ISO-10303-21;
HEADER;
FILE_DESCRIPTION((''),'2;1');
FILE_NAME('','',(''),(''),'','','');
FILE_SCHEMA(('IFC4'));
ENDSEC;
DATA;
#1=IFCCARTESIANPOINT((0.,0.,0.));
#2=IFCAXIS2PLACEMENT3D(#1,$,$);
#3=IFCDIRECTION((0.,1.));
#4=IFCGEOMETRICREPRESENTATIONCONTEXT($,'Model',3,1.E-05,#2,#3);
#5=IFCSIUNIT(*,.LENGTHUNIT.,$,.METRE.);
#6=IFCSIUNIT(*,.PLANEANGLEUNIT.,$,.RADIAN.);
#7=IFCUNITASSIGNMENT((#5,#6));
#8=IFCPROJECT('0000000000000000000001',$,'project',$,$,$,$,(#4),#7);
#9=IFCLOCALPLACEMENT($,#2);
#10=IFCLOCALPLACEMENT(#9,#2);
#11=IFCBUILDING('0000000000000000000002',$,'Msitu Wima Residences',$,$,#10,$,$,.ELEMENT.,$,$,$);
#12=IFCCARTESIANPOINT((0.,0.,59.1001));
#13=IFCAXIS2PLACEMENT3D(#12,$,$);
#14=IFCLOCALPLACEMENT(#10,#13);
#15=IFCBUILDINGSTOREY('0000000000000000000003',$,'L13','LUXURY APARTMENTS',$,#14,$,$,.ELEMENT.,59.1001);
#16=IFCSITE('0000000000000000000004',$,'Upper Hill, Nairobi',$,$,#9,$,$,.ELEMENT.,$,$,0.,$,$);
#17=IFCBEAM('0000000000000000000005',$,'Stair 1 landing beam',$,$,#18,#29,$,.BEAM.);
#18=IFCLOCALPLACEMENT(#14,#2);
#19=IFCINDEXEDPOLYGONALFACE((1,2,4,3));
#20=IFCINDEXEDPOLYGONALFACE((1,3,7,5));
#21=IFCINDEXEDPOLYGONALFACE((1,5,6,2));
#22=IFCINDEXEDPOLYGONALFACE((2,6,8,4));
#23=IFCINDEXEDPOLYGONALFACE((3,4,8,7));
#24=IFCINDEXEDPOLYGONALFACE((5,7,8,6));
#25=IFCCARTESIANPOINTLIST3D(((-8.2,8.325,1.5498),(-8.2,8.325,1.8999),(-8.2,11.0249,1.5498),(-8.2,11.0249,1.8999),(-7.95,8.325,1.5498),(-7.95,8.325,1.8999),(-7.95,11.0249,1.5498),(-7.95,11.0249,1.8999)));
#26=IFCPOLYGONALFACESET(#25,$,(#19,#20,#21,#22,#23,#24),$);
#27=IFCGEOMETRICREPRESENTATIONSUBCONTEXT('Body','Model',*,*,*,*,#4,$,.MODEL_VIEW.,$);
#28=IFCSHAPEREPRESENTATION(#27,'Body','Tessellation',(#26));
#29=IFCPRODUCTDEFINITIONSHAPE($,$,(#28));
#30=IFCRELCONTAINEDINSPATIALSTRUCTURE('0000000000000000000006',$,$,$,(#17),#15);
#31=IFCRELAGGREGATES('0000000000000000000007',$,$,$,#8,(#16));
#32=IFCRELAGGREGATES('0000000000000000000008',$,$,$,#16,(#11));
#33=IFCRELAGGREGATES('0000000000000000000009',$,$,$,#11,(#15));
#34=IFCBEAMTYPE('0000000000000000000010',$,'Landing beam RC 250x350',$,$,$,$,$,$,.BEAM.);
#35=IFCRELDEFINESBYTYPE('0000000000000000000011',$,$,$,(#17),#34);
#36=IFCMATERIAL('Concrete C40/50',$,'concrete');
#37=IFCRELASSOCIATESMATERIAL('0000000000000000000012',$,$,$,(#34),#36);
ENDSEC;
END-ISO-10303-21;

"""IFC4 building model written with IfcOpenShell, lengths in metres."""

from ifc_helpers import new_model, si_unit, direction, frame, origin, origin_2d, place, context, subcontext, project, spatial, rectangle, extrude, material, material_profile, profile_set, type_object, element, save


model = new_model("IFC4")

# Units and contexts
model_context = context("Model", 3, precision=1e-05, world=origin(), true_north=direction((0.0, 1.0)))
body_context = subcontext(model_context, "Body", "Model", "MODEL_VIEW")
ifc_project = project(units=[si_unit("LENGTHUNIT", "METRE"), si_unit("PLANEANGLEUNIT", "RADIAN")], contexts=[model_context])

# Site, building, storey
site_placement = place(None, origin())
site = spatial("IfcSite", under=ifc_project, at=site_placement, Name="Upper Hill, Nairobi", CompositionType="ELEMENT", RefElevation=0.0)
building_placement = place(site_placement, origin())
building = spatial("IfcBuilding", under=site, at=building_placement, Name="Msitu Wima Residences", CompositionType="ELEMENT")
storey_placement = place(building_placement, frame((0.0, 0.0, 59.1001)))
storey = spatial("IfcBuildingStorey", under=building, at=storey_placement, Name="L13", Description="LUXURY APARTMENTS", CompositionType="ELEMENT", Elevation=59.1001)

# Beam
ifc_material_1 = material(Name="Concrete C40/50", Category="concrete")
ifc_material_profile = material_profile(ifc_material_1, rectangle(XDim=0.25, YDim=0.3501, at=origin_2d()), Name="RC 250x350")
ifc_profile_set = profile_set([ifc_material_profile], Name="Concrete C40/50")
beam_type = type_object("IfcBeamType", Name="Landing beam RC 250x350", PredefinedType="BEAM", material=ifc_profile_set)
beam_placement = place(storey_placement, frame((-8.075, 8.325, 1.7249), z_axis=(0.0, 1.0, 0.0), x_axis=(-1.0, 0.0, 0.0)))
element("IfcBeam", 1, at=beam_placement, inside=storey, type_object=beam_type, Name="Stair 1 landing beam", PredefinedType="BEAM", context=body_context, shape_type="SweptSolid", body=[
    extrude(rectangle(XDim=0.25, YDim=0.3501, at=origin_2d()), origin(), (0.0, 0.0, 1.0), 2.7),
])

save(model, "model.ifc")
